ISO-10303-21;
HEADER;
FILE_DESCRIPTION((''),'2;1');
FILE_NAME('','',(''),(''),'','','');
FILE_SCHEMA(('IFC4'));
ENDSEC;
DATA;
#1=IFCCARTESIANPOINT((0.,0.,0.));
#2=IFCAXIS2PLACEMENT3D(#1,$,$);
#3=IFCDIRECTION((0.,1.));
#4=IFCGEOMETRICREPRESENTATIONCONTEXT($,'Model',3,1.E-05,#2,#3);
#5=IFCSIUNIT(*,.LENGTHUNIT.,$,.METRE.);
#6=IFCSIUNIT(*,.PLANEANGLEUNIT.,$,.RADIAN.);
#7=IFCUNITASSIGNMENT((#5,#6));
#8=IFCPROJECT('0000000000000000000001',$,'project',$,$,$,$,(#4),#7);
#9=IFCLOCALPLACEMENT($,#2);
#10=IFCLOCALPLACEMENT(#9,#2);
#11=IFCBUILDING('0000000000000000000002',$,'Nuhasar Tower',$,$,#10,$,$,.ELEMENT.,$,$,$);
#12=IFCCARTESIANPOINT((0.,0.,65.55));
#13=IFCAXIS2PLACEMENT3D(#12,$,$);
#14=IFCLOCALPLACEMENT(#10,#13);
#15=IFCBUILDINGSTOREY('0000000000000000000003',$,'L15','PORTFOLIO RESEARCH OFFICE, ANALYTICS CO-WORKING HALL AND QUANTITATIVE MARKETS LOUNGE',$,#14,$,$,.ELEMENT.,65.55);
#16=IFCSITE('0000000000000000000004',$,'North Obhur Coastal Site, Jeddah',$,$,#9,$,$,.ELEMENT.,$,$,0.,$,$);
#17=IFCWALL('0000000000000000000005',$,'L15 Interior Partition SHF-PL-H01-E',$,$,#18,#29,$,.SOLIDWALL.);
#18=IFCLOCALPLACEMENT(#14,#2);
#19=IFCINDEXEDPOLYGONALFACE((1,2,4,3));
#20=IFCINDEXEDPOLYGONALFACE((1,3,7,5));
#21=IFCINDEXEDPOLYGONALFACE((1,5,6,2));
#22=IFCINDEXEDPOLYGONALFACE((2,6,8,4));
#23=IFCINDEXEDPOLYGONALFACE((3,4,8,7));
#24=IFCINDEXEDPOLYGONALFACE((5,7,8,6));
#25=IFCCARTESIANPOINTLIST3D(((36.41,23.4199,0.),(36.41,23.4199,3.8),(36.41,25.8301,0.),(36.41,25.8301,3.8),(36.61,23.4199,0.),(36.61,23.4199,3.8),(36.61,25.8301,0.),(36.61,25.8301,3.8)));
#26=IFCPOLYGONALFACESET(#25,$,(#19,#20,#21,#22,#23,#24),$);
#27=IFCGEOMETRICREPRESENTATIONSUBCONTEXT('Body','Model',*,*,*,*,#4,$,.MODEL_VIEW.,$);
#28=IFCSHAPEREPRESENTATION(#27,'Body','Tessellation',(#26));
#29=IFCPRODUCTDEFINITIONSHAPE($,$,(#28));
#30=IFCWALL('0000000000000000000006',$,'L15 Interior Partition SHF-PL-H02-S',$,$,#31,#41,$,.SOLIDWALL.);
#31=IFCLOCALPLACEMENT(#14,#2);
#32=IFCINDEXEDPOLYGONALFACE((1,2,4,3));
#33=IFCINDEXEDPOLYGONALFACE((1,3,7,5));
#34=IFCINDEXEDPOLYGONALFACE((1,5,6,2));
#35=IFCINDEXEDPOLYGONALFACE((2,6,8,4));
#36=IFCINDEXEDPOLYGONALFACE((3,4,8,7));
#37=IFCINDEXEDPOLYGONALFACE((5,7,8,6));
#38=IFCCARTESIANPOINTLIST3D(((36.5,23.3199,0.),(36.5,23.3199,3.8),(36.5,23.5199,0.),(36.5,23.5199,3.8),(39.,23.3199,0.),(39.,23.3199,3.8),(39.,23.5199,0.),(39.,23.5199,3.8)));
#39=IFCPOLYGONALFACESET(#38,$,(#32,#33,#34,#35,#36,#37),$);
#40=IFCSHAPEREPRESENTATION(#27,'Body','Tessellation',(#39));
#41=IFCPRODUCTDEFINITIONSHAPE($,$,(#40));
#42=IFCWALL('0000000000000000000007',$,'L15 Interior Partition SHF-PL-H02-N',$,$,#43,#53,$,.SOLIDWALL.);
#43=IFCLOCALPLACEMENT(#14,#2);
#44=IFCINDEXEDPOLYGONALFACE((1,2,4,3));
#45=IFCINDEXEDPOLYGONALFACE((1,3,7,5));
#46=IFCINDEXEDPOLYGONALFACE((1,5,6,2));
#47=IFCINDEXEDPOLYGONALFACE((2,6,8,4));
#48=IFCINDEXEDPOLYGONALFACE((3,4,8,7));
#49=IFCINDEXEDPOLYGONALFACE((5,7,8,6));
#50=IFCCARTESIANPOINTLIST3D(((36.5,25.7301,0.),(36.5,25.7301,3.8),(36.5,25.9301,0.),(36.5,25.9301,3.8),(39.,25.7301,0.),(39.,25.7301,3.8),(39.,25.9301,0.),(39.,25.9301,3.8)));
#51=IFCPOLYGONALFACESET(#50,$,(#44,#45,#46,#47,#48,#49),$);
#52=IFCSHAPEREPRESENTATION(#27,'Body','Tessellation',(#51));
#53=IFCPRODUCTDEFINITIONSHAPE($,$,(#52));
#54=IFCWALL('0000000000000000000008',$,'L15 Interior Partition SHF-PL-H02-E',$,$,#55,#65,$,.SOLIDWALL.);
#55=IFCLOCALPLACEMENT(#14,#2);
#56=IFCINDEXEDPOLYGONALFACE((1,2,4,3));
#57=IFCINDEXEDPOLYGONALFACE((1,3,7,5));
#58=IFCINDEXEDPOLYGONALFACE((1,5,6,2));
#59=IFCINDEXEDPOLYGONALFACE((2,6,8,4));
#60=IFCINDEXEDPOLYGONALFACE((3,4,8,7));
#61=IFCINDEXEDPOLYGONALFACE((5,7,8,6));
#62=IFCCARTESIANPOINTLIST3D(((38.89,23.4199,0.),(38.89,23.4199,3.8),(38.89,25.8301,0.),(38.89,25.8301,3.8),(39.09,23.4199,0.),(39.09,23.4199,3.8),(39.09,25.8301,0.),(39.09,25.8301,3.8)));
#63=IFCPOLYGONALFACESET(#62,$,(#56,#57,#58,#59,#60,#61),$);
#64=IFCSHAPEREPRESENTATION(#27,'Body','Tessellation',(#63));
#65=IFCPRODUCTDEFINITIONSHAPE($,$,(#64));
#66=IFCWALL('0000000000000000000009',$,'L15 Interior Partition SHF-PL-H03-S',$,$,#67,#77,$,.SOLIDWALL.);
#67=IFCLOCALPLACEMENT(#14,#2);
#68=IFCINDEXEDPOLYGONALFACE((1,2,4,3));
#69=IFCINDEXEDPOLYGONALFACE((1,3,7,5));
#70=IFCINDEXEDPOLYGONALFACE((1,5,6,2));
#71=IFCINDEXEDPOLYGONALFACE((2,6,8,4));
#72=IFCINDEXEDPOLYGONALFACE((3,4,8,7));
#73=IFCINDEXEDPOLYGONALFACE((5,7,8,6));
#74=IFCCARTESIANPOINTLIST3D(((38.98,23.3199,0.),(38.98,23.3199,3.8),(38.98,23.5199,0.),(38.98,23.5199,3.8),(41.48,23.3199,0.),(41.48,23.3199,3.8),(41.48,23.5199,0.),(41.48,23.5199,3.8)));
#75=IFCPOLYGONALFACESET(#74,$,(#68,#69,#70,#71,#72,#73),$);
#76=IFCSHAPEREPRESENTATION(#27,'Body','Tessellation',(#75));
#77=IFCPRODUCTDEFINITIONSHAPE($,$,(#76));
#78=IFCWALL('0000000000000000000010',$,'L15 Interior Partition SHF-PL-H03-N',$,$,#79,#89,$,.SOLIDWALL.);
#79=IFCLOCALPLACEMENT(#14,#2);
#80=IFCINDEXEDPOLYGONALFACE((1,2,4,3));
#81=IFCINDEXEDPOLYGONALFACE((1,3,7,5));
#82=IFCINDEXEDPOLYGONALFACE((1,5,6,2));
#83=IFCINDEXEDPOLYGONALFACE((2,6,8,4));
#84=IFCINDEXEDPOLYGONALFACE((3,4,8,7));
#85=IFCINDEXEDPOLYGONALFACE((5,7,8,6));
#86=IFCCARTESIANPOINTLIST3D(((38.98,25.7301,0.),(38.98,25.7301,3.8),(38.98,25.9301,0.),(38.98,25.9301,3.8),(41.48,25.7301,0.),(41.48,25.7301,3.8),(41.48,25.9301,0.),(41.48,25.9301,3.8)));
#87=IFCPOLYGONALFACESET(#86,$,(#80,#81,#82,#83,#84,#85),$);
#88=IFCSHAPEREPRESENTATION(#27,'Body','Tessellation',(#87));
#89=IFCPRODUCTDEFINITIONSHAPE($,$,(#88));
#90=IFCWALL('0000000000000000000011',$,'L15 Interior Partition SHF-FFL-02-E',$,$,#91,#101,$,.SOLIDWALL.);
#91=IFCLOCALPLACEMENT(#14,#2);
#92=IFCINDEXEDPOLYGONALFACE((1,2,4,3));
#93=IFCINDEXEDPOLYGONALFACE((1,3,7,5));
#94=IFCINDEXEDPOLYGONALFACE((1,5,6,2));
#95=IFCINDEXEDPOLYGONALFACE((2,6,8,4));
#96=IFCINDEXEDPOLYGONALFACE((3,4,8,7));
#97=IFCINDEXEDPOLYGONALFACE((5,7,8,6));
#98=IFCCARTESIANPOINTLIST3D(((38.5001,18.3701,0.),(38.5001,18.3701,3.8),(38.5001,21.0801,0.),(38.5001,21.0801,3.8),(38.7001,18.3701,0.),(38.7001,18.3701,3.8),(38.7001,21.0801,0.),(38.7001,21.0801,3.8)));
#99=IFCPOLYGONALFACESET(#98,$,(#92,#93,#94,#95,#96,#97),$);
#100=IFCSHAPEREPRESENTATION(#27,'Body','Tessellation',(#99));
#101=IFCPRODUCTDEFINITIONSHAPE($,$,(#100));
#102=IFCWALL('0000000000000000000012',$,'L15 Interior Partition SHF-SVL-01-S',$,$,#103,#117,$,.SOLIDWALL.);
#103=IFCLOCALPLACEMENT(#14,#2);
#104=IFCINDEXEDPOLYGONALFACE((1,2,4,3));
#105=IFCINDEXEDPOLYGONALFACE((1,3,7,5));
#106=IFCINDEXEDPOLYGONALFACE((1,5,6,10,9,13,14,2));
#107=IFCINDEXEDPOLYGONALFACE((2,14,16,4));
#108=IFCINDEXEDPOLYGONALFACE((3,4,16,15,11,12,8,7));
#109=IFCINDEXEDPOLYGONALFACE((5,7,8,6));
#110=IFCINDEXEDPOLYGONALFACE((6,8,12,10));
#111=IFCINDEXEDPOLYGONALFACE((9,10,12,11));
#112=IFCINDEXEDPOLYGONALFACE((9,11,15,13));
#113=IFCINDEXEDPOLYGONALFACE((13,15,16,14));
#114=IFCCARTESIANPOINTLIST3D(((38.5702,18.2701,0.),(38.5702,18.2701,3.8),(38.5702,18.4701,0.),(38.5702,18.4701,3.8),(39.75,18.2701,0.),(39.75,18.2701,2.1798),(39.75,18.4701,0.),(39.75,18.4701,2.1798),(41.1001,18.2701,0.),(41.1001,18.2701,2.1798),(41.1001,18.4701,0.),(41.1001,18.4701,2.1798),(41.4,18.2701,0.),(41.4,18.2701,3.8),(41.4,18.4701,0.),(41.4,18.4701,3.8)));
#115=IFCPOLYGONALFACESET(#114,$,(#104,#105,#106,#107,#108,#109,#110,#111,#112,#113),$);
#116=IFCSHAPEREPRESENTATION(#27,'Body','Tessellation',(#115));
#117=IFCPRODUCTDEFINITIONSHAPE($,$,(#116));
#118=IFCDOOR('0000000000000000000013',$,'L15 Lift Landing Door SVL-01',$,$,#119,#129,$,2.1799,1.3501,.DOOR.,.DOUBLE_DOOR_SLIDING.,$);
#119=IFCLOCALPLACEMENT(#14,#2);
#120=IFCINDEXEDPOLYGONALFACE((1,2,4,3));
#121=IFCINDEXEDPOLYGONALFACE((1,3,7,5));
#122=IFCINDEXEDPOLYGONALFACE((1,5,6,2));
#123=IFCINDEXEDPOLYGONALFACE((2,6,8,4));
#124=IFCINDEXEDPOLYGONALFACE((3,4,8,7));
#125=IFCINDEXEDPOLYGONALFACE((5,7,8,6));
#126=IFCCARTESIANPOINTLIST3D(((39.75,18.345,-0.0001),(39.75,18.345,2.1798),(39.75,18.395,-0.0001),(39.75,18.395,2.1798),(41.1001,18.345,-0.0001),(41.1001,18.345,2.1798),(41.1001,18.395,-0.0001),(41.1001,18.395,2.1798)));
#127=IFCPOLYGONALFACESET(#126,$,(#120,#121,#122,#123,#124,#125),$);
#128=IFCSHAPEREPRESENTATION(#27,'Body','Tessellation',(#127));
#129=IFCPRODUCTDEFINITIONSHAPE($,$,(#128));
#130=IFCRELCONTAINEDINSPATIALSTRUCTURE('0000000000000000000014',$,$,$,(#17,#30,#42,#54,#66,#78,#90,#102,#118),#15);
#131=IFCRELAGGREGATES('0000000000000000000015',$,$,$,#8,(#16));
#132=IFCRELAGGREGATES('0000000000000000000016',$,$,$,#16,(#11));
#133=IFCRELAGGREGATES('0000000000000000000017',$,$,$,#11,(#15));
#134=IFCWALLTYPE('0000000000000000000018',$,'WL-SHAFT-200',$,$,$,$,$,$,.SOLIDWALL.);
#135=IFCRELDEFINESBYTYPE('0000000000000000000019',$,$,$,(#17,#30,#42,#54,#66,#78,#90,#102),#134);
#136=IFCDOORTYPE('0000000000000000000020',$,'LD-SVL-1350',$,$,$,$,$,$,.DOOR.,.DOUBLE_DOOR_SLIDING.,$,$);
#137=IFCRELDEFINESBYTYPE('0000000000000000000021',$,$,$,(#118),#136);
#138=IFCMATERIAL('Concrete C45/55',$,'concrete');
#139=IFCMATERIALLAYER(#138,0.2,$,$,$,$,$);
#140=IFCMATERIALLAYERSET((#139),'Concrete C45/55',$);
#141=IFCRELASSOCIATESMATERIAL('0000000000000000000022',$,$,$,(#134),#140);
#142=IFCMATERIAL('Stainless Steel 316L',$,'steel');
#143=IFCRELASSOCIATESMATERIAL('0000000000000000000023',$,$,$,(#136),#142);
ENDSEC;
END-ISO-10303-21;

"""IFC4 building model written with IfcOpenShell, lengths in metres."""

from ifc_helpers import new_model, si_unit, direction, frame, frame_2d, origin, place, context, subcontext, project, spatial, rectangle, extrude, material, layer, layer_set, type_object, element, fill, save


model = new_model("IFC4")

# Units and contexts
model_context = context("Model", 3, precision=1e-05, world=origin(), true_north=direction((0.0, 1.0)))
body_context = subcontext(model_context, "Body", "Model", "MODEL_VIEW")
ifc_project = project(units=[si_unit("LENGTHUNIT", "METRE"), si_unit("PLANEANGLEUNIT", "RADIAN")], contexts=[model_context])

# Site, building, storey
site_placement = place(None, origin())
site = spatial("IfcSite", under=ifc_project, at=site_placement, Name="North Obhur Coastal Site, Jeddah", CompositionType="ELEMENT", RefElevation=0.0)
building_placement = place(site_placement, origin())
building = spatial("IfcBuilding", under=site, at=building_placement, Name="Nuhasar Tower", CompositionType="ELEMENT")
storey_placement = place(building_placement, frame((0.0, 0.0, 65.55)))
storey = spatial("IfcBuildingStorey", under=building, at=storey_placement, Name="L15", Description="PORTFOLIO RESEARCH OFFICE, ANALYTICS CO-WORKING HALL AND QUANTITATIVE MARKETS LOUNGE", CompositionType="ELEMENT", Elevation=65.55)

# Shared definitions
ifc_material_1 = material(Name="Concrete C45/55", Category="concrete")
ifc_layer_1 = layer(ifc_material_1, 0.2)
ifc_layer_set_1 = layer_set([ifc_layer_1], Name="Concrete C45/55")
wall_type_1 = type_object("IfcWallType", Name="WL-SHAFT-200", PredefinedType="SOLIDWALL", material=ifc_layer_set_1)
ifc_material_2 = material(Name="Stainless Steel 316L", Category="steel")

# Walls
for number, where, z_axis, x_axis, name in (
    (1, (36.51, 23.4199, 0.0), (0.0, 0.0, 1.0), (0.0, 1.0, 0.0), "L15 Interior Partition SHF-PL-H01-E"),
):
    element("IfcWall", number, at=place(storey_placement, frame(where, z_axis=z_axis, x_axis=x_axis)), inside=storey, type_object=wall_type_1, Name=name, PredefinedType="SOLIDWALL", context=body_context, shape_type="SweptSolid", body=[
        extrude(rectangle(XDim=2.4102, YDim=0.2, at=frame_2d((1.2051, 0.0))), origin(), (0.0, 0.0, 1.0), 3.8),
    ])
for number, where, z_axis, x_axis, name in (
    (2, (36.5, 23.4199, 0.0), (0.0, 0.0, 1.0), (1.0, 0.0, 0.0), "L15 Interior Partition SHF-PL-H02-S"),
    (3, (36.5, 25.8301, 0.0), (0.0, 0.0, 1.0), (1.0, 0.0, 0.0), "L15 Interior Partition SHF-PL-H02-N"),
):
    element("IfcWall", number, at=place(storey_placement, frame(where, z_axis=z_axis, x_axis=x_axis)), inside=storey, type_object=wall_type_1, Name=name, PredefinedType="SOLIDWALL", context=body_context, shape_type="SweptSolid", body=[
        extrude(rectangle(XDim=2.5, YDim=0.2, at=frame_2d((1.25, 0.0))), origin(), (0.0, 0.0, 1.0), 3.8),
    ])
wall_1_placement = place(storey_placement, frame((38.99, 23.4199, 0.0), z_axis=(0.0, 0.0, 1.0), x_axis=(0.0, 1.0, 0.0)))
element("IfcWall", 4, at=wall_1_placement, inside=storey, type_object=wall_type_1, Name="L15 Interior Partition SHF-PL-H02-E", PredefinedType="SOLIDWALL", context=body_context, shape_type="SweptSolid", body=[
    extrude(rectangle(XDim=2.4102, YDim=0.2, at=frame_2d((1.2051, 0.0))), origin(), (0.0, 0.0, 1.0), 3.8),
])
for number, where, z_axis, x_axis, name in (
    (5, (38.98, 23.4199, 0.0), (0.0, 0.0, 1.0), (1.0, 0.0, 0.0), "L15 Interior Partition SHF-PL-H03-S"),
    (6, (38.98, 25.8301, 0.0), (0.0, 0.0, 1.0), (1.0, 0.0, 0.0), "L15 Interior Partition SHF-PL-H03-N"),
):
    element("IfcWall", number, at=place(storey_placement, frame(where, z_axis=z_axis, x_axis=x_axis)), inside=storey, type_object=wall_type_1, Name=name, PredefinedType="SOLIDWALL", context=body_context, shape_type="SweptSolid", body=[
        extrude(rectangle(XDim=2.5, YDim=0.2, at=frame_2d((1.25, 0.0))), origin(), (0.0, 0.0, 1.0), 3.8),
    ])
wall_2_placement = place(storey_placement, frame((38.6001, 18.3701, 0.0), z_axis=(0.0, 0.0, 1.0), x_axis=(0.0, 1.0, 0.0)))
element("IfcWall", 7, at=wall_2_placement, inside=storey, type_object=wall_type_1, Name="L15 Interior Partition SHF-FFL-02-E", PredefinedType="SOLIDWALL", context=body_context, shape_type="SweptSolid", body=[
    extrude(rectangle(XDim=2.71, YDim=0.2, at=frame_2d((1.355, 0.0))), origin(), (0.0, 0.0, 1.0), 3.8),
])

# Wall, opening, door
wall_3_placement = place(storey_placement, frame((38.5701, 18.3701, 0.0), z_axis=(0.0, 0.0, 1.0), x_axis=(1.0, 0.0, 0.0)))
wall_3 = element("IfcWall", 8, at=wall_3_placement, inside=storey, type_object=wall_type_1, Name="L15 Interior Partition SHF-SVL-01-S", PredefinedType="SOLIDWALL", context=body_context, shape_type="SweptSolid", body=[
    extrude(rectangle(XDim=2.8298, YDim=0.2, at=frame_2d((1.415, 0.0))), origin(), (0.0, 0.0, 1.0), 3.8),
])
opening_1_placement = place(wall_3_placement, frame((1.1799, 0.0, 0.0)))
opening_1 = element("IfcOpeningElement", 9, at=opening_1_placement, cuts=wall_3, PredefinedType="OPENING", context=body_context, shape_type="SweptSolid", body=[
    extrude(rectangle(XDim=1.3501, YDim=2.1799, at=frame_2d((0.675, 1.0898))), frame((0.0, 0.1099, 0.0), z_axis=(0.0, -1.0, 0.0), x_axis=(1.0, 0.0, 0.0)), (0.0, 0.0, 1.0), 0.22),
])
door_type_1 = type_object("IfcDoorType", Name="LD-SVL-1350", OperationType="DOUBLE_DOOR_SLIDING", PredefinedType="DOOR", material=ifc_material_2)
door_1_placement = place(opening_1_placement, origin())
door_1 = element("IfcDoor", 10, at=door_1_placement, inside=storey, type_object=door_type_1, Name="L15 Lift Landing Door SVL-01", OperationType="DOUBLE_DOOR_SLIDING", OverallHeight=2.1799, OverallWidth=1.3501, PredefinedType="DOOR", context=body_context, shape_type="SweptSolid", body=[
    extrude(rectangle(XDim=1.3501, YDim=2.1799, at=frame_2d((0.675, 1.0898))), frame((0.0, 0.0249, 0.0), z_axis=(0.0, -1.0, 0.0), x_axis=(1.0, 0.0, 0.0)), (0.0, 0.0, 1.0), 0.05),
])
fill(opening_1, door_1)

save(model, "model.ifc")
